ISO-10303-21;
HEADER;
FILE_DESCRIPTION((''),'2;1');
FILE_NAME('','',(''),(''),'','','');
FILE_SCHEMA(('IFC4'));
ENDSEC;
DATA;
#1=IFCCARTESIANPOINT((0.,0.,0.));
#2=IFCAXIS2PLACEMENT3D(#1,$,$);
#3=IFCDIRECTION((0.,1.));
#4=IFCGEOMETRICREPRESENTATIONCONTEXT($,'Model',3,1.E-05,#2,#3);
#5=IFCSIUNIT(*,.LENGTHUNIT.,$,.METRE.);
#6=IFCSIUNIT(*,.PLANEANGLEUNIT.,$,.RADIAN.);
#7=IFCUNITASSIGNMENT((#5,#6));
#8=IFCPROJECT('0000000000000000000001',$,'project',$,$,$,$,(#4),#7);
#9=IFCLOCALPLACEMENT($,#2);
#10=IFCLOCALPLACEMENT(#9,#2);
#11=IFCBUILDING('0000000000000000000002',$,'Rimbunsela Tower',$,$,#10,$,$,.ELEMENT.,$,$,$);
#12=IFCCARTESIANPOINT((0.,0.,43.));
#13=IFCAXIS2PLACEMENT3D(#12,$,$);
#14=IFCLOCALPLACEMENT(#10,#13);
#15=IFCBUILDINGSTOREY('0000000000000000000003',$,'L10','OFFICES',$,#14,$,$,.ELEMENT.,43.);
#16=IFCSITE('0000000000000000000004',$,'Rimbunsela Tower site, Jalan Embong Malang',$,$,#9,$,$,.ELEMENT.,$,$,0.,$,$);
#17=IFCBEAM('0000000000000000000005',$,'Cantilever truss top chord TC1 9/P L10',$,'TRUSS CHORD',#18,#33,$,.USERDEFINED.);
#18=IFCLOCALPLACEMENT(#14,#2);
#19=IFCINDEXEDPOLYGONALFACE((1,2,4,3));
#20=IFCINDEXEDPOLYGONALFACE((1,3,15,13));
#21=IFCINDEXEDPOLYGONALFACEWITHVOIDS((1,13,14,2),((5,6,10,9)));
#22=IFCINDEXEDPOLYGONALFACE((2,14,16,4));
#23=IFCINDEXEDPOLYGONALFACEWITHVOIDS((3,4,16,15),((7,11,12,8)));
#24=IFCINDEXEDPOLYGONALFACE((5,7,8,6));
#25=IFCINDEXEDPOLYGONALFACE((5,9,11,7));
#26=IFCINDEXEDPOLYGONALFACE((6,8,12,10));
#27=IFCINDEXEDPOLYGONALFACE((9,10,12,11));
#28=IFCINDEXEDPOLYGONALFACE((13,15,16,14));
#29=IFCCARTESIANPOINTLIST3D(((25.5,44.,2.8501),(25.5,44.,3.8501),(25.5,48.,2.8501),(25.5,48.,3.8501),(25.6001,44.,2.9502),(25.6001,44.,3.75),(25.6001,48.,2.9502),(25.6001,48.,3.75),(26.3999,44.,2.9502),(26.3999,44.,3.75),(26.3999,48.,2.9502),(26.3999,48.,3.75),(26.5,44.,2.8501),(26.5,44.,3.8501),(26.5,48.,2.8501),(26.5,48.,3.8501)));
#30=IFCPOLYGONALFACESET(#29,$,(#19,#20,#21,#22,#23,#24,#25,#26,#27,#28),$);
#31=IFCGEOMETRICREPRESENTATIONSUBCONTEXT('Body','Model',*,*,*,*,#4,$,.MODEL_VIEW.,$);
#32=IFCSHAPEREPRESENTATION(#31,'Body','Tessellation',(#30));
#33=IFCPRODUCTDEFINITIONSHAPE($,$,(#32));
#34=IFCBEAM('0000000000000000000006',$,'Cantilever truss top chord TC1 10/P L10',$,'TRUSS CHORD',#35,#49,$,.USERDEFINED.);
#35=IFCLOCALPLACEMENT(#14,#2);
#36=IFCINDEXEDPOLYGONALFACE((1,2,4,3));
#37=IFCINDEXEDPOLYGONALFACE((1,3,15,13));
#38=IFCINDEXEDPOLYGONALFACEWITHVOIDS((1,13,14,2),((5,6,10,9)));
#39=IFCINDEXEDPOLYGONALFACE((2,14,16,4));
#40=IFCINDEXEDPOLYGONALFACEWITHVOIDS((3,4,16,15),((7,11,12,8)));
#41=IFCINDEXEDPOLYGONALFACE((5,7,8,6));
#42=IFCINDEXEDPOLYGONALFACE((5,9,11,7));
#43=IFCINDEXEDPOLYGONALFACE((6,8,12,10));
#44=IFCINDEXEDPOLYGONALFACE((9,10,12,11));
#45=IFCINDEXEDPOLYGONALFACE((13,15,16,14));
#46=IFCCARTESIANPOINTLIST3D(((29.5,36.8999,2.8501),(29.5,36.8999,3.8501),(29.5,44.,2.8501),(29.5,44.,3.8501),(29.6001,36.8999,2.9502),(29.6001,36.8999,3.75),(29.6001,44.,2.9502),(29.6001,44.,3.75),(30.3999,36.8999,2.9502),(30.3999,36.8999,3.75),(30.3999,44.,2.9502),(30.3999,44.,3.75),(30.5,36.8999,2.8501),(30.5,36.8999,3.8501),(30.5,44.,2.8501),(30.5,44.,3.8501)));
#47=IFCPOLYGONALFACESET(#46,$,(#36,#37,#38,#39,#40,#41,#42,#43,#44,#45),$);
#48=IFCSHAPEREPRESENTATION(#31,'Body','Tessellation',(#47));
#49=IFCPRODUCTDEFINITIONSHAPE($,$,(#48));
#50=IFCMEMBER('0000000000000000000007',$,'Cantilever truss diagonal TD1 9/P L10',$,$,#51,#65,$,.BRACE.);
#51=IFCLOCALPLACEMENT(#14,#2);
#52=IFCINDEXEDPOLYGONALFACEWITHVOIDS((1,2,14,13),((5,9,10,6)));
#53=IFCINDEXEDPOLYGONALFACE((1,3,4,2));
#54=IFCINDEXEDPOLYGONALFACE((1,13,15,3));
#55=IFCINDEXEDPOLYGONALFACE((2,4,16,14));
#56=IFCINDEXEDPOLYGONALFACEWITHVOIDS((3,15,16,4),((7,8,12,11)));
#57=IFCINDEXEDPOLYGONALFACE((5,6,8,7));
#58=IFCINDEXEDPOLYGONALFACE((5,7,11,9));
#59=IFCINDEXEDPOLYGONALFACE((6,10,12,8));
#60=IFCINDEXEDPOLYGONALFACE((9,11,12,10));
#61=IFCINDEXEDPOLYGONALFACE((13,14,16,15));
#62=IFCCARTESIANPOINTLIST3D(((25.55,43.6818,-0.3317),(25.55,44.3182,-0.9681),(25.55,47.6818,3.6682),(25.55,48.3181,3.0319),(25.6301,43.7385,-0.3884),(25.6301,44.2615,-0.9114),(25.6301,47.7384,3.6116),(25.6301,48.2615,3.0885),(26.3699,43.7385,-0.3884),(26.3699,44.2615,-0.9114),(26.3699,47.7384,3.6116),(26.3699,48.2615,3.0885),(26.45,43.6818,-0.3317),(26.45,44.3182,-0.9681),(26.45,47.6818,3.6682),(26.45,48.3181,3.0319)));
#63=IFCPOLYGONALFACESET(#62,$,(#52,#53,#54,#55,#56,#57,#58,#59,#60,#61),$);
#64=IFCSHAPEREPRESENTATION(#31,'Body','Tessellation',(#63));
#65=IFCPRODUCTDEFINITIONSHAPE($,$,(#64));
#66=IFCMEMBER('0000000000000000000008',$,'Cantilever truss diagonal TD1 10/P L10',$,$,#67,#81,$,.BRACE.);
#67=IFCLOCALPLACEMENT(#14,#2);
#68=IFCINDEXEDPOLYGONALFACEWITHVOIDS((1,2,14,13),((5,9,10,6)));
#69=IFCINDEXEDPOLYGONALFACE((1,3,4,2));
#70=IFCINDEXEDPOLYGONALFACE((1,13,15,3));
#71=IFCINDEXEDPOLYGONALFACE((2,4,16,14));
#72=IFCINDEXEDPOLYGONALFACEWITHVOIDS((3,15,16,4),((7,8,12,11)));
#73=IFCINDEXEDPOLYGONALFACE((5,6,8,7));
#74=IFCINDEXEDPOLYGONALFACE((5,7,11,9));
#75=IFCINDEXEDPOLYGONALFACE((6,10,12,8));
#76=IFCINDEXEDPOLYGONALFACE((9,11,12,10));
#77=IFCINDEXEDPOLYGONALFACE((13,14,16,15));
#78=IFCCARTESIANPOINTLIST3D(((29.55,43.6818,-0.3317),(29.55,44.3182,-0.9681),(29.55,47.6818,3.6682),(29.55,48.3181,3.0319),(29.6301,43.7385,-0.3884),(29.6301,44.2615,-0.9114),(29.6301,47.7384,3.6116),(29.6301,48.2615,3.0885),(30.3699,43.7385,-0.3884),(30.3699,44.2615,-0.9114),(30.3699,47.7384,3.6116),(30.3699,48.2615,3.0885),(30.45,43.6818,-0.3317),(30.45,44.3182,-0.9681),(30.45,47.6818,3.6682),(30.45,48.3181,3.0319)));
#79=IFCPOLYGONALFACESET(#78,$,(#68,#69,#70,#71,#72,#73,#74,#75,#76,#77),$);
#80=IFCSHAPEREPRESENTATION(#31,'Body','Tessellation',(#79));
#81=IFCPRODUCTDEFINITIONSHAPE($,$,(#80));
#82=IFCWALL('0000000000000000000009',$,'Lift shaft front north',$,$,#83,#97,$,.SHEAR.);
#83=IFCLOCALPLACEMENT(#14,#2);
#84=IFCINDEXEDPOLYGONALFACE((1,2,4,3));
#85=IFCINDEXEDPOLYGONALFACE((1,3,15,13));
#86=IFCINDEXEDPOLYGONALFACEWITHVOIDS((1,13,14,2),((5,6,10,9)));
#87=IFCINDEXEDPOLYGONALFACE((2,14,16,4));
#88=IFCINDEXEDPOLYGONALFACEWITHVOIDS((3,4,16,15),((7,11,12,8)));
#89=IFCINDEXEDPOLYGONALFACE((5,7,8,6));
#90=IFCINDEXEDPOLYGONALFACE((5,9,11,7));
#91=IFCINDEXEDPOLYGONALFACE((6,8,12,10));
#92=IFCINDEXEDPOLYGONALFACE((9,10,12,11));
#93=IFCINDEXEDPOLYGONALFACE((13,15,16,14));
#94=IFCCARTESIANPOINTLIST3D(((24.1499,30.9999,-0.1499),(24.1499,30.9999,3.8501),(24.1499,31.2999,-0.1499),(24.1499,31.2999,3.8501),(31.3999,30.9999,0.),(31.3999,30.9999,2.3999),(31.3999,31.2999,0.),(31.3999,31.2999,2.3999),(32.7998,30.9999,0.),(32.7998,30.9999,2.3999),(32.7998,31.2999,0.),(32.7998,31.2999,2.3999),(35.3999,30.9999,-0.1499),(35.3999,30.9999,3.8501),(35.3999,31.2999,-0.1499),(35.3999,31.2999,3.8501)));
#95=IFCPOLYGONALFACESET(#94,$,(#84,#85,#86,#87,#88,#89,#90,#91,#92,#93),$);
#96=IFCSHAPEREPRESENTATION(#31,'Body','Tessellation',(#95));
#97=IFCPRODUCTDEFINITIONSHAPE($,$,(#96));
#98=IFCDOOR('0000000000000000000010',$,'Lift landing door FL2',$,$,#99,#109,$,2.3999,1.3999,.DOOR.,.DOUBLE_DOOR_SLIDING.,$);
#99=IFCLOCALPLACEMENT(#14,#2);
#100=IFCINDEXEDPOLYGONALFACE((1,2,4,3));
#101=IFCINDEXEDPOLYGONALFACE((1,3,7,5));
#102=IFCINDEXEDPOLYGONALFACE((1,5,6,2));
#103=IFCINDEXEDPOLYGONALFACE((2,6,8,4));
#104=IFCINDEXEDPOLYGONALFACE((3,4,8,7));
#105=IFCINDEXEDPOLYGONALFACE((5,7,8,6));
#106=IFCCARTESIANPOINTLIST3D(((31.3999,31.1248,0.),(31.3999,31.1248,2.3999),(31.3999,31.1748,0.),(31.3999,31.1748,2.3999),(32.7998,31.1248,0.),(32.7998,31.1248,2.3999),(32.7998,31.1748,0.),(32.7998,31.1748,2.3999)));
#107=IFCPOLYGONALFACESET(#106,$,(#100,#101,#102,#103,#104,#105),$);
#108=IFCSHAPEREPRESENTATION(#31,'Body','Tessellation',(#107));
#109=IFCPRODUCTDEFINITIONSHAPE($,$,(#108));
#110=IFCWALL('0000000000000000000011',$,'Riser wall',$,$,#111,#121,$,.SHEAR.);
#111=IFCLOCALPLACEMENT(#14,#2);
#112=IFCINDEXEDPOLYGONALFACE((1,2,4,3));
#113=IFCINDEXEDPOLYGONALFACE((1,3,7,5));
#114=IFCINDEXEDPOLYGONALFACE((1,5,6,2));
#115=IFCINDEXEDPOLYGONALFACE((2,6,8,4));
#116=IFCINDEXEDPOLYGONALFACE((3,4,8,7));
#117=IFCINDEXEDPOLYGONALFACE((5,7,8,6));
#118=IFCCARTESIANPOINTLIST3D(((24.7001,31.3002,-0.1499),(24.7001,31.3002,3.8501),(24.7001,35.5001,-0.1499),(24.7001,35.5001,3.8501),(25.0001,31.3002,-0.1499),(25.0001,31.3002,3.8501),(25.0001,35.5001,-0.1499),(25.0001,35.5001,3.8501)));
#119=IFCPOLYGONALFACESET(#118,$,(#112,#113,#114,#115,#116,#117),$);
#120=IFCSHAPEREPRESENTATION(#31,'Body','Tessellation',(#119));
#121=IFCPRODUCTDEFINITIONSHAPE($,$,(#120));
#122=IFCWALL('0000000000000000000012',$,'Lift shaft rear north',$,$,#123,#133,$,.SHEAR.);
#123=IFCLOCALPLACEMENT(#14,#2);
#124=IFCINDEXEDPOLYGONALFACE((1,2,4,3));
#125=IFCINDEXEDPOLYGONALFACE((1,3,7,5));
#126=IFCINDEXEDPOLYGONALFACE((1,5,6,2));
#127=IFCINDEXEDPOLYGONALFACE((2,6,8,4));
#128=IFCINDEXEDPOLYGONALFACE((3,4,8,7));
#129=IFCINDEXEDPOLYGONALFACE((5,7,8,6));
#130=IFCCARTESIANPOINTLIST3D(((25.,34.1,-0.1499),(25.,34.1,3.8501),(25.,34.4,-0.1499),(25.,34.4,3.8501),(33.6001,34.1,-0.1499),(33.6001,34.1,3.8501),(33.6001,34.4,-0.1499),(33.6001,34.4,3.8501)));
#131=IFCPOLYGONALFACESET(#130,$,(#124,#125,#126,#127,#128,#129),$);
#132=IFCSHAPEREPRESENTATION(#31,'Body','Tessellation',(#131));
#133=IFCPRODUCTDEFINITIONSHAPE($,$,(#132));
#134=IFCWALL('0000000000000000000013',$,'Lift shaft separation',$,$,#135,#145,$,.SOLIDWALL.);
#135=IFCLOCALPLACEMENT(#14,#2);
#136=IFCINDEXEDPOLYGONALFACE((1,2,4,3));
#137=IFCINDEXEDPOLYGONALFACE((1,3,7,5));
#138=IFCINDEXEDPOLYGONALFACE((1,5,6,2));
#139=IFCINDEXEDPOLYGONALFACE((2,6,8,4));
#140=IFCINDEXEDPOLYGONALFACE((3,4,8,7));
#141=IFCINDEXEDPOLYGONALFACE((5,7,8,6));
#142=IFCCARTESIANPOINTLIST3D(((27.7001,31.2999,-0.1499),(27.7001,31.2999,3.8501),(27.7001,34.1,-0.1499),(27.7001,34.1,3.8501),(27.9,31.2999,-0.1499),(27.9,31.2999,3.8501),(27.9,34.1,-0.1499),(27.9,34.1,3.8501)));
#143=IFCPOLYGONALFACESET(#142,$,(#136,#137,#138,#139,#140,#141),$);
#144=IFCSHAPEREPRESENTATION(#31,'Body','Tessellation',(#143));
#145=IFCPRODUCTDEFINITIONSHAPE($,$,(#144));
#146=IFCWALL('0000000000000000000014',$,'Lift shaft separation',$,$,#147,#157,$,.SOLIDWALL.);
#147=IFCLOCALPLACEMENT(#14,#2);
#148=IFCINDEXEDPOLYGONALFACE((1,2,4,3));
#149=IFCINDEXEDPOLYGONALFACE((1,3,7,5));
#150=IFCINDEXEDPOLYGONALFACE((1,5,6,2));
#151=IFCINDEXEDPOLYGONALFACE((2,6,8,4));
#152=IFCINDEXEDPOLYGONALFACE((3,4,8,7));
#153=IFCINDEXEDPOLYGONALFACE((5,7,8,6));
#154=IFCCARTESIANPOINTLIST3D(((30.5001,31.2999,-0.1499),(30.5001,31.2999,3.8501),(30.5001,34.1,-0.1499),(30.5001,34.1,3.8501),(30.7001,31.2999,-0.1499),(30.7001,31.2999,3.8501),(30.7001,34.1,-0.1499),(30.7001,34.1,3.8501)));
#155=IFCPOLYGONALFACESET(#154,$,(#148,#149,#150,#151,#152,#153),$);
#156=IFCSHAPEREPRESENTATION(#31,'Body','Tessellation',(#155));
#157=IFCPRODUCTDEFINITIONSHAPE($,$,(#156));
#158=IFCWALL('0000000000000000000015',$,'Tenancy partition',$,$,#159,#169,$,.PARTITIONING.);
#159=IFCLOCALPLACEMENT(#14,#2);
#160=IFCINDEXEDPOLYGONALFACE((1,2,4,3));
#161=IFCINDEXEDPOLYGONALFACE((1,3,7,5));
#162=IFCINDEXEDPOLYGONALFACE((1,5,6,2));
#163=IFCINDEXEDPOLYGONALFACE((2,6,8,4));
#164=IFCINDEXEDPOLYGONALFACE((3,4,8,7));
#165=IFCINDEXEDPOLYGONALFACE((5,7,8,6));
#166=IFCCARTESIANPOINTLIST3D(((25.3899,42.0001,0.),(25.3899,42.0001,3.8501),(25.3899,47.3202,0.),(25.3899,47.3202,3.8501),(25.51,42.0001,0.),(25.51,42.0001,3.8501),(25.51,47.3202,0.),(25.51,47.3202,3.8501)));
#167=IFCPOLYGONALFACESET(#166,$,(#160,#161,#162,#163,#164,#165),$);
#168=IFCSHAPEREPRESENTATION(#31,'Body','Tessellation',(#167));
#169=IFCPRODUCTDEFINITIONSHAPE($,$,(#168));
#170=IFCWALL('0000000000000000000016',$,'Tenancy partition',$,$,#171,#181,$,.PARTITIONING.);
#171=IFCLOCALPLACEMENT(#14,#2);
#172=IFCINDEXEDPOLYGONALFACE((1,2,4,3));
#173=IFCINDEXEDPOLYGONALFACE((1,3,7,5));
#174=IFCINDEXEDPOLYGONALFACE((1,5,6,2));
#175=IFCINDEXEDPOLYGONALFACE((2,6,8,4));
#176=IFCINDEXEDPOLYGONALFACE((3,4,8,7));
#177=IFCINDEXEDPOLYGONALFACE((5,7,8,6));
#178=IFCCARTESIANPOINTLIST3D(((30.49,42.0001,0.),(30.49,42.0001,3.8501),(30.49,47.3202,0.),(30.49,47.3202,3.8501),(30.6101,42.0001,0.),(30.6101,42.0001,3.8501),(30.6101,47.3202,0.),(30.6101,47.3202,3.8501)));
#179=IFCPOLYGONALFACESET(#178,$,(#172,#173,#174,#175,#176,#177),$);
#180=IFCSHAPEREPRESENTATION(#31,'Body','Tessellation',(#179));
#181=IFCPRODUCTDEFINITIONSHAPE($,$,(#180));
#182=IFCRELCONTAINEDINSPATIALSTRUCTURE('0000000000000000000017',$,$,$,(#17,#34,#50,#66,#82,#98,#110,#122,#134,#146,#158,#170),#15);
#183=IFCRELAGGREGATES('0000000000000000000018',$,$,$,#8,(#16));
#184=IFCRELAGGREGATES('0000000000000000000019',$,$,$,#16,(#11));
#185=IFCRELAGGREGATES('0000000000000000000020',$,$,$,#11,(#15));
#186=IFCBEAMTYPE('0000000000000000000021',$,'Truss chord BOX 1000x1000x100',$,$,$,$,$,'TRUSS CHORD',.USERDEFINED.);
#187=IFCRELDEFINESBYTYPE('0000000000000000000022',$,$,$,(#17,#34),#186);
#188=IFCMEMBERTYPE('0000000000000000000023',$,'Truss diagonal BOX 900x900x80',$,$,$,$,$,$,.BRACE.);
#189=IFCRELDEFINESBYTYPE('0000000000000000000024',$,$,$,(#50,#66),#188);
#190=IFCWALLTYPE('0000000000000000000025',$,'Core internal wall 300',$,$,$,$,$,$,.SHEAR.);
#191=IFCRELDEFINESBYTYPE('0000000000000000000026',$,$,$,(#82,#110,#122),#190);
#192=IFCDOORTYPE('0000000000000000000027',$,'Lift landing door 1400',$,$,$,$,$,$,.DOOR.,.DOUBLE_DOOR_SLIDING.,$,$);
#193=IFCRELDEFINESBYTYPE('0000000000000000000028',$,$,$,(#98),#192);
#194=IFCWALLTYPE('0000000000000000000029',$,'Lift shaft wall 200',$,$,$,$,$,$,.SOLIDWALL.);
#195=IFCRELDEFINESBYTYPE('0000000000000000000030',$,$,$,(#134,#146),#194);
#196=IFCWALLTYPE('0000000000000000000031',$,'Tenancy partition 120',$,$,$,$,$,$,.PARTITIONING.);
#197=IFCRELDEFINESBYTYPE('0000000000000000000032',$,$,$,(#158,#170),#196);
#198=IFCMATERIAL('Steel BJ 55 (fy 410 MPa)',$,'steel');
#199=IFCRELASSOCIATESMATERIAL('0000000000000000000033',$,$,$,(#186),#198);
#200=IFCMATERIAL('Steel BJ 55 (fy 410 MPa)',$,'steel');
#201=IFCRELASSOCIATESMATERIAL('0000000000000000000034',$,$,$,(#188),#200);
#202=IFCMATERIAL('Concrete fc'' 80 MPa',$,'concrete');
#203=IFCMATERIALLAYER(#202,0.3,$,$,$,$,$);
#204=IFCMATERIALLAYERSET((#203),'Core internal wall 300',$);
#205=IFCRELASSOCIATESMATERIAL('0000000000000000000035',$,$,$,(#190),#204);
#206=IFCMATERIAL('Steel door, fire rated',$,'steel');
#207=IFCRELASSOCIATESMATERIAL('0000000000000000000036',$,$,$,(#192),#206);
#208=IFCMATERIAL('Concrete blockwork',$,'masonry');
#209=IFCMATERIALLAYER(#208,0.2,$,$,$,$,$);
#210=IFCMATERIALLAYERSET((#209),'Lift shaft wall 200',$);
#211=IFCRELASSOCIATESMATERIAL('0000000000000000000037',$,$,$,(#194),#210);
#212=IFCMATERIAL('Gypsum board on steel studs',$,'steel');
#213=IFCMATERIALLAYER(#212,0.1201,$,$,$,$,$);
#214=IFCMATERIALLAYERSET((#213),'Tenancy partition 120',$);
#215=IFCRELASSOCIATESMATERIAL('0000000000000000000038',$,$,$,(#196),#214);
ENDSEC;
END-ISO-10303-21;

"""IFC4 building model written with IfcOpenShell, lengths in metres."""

from ifc_helpers import new_model, si_unit, direction, frame, frame_2d, origin, origin_2d, place, context, subcontext, project, spatial, rectangle, hollow_rectangle, extrude, material, layer, layer_set, material_profile, profile_set, type_object, element, fill, save


model = new_model("IFC4")

# Units and contexts
model_context = context("Model", 3, precision=1e-05, world=origin(), true_north=direction((0.0, 1.0)))
body_context = subcontext(model_context, "Body", "Model", "MODEL_VIEW")
ifc_project = project(units=[si_unit("LENGTHUNIT", "METRE"), si_unit("PLANEANGLEUNIT", "RADIAN")], contexts=[model_context])

# Site, building, storey
site_placement = place(None, origin())
site = spatial("IfcSite", under=ifc_project, at=site_placement, Name="Rimbunsela Tower site, Jalan Embong Malang", CompositionType="ELEMENT", RefElevation=0.0)
building_placement = place(site_placement, origin())
building = spatial("IfcBuilding", under=site, at=building_placement, Name="Rimbunsela Tower", CompositionType="ELEMENT")
storey_placement = place(building_placement, frame((0.0, 0.0, 43.0)))
storey = spatial("IfcBuildingStorey", under=building, at=storey_placement, Name="L10", Description="OFFICES", CompositionType="ELEMENT", Elevation=43.0)

# Beams
ifc_material_1 = material(Name="Steel BJ 55 (fy 410 MPa)", Category="steel")
ifc_material_profile_1 = material_profile(ifc_material_1, hollow_rectangle(XDim=1.0, YDim=1.0, WallThickness=0.1001, at=origin_2d()), Name="BOX 1000x1000x100")
ifc_profile_set_1 = profile_set([ifc_material_profile_1], Name="Steel BJ 55 (fy 410 MPa)")
beam_type_1 = type_object("IfcBeamType", Name="Truss chord BOX 1000x1000x100", ElementType="TRUSS CHORD", PredefinedType="USERDEFINED", material=ifc_profile_set_1)
beam_1_placement = place(storey_placement, frame((26.0, 44.0, 3.3501), z_axis=(0.0, 1.0, 0.0), x_axis=(-1.0, 0.0, 0.0)))
element("IfcBeam", 1, at=beam_1_placement, inside=storey, type_object=beam_type_1, Name="Cantilever truss top chord TC1 9/P L10", ObjectType="TRUSS CHORD", PredefinedType="USERDEFINED", context=body_context, shape_type="SweptSolid", body=[
    extrude(hollow_rectangle(XDim=1.0, YDim=1.0, WallThickness=0.1001, at=origin_2d()), origin(), (0.0, 0.0, 1.0), 4.0),
])
beam_2_placement = place(storey_placement, frame((30.0, 36.8999, 3.3501), z_axis=(0.0, 1.0, 0.0), x_axis=(-1.0, 0.0, 0.0)))
element("IfcBeam", 2, at=beam_2_placement, inside=storey, type_object=beam_type_1, Name="Cantilever truss top chord TC1 10/P L10", ObjectType="TRUSS CHORD", PredefinedType="USERDEFINED", context=body_context, shape_type="SweptSolid", body=[
    extrude(hollow_rectangle(XDim=1.0, YDim=1.0, WallThickness=0.1001, at=origin_2d()), origin(), (0.0, 0.0, 1.0), 7.1001),
])

# Members
ifc_material_2 = material(Name="Steel BJ 55 (fy 410 MPa)", Category="steel")
ifc_material_profile_2 = material_profile(ifc_material_2, hollow_rectangle(XDim=0.8999, YDim=0.8999, WallThickness=0.0801, at=origin_2d()), Name="BOX 900x900x80")
ifc_profile_set_2 = profile_set([ifc_material_profile_2], Name="Steel BJ 55 (fy 410 MPa)")
member_type_1 = type_object("IfcMemberType", Name="Truss diagonal BOX 900x900x80", PredefinedType="BRACE", material=ifc_profile_set_2)
for number, where, z_axis, x_axis, name in (
    (3, (26.0, 44.0, -0.6499), (0.0, 0.707107, 0.707107), (-1.0, 0.0, 0.0), "Cantilever truss diagonal TD1 9/P L10"),
    (4, (30.0, 44.0, -0.6499), (0.0, 0.707107, 0.707107), (-1.0, 0.0, 0.0), "Cantilever truss diagonal TD1 10/P L10"),
):
    element("IfcMember", number, at=place(storey_placement, frame(where, z_axis=z_axis, x_axis=x_axis)), inside=storey, type_object=member_type_1, Name=name, PredefinedType="BRACE", context=body_context, shape_type="SweptSolid", body=[
        extrude(hollow_rectangle(XDim=0.8999, YDim=0.8999, WallThickness=0.0801, at=origin_2d()), origin(), (0.0, 0.0, 1.0), 5.6567),
    ])

# Wall, opening, door
ifc_material_3 = material(Name="Concrete fc' 80 MPa", Category="concrete")
ifc_layer_1 = layer(ifc_material_3, 0.3)
ifc_layer_set_1 = layer_set([ifc_layer_1], Name="Core internal wall 300")
wall_type_1 = type_object("IfcWallType", Name="Core internal wall 300", PredefinedType="SHEAR", material=ifc_layer_set_1)
wall_1_placement = place(storey_placement, frame((24.1499, 31.1499, -0.1499), z_axis=(0.0, 0.0, 1.0), x_axis=(1.0, 0.0, 0.0)))
wall_1 = element("IfcWall", 5, at=wall_1_placement, inside=storey, type_object=wall_type_1, Name="Lift shaft front north", PredefinedType="SHEAR", context=body_context, shape_type="SweptSolid", body=[
    extrude(rectangle(XDim=11.25, YDim=0.3, at=frame_2d((5.625, 0.0))), origin(), (0.0, 0.0, 1.0), 4.0),
])
opening_placement = place(wall_1_placement, frame((7.25, 0.0, 0.1499)))
opening = element("IfcOpeningElement", 6, at=opening_placement, cuts=wall_1, PredefinedType="OPENING", context=body_context, shape_type="SweptSolid", body=[
    extrude(rectangle(XDim=1.3999, YDim=2.3999, at=frame_2d((0.7, 1.2))), frame((0.0, 0.1599, 0.0), z_axis=(0.0, -1.0, 0.0), x_axis=(1.0, 0.0, 0.0)), (0.0, 0.0, 1.0), 0.3201),
])
ifc_material_4 = material(Name="Steel door, fire rated", Category="steel")
door_type = type_object("IfcDoorType", Name="Lift landing door 1400", OperationType="DOUBLE_DOOR_SLIDING", PredefinedType="DOOR", material=ifc_material_4)
door_placement = place(opening_placement, origin())
door = element("IfcDoor", 7, at=door_placement, inside=storey, type_object=door_type, Name="Lift landing door FL2", OperationType="DOUBLE_DOOR_SLIDING", OverallHeight=2.3999, OverallWidth=1.3999, PredefinedType="DOOR", context=body_context, shape_type="SweptSolid", body=[
    extrude(rectangle(XDim=1.3999, YDim=2.3999, at=frame_2d((0.7, 1.2))), frame((0.0, 0.0249, 0.0), z_axis=(0.0, -1.0, 0.0), x_axis=(1.0, 0.0, 0.0)), (0.0, 0.0, 1.0), 0.05),
])
fill(opening, door)

# Walls
wall_2_placement = place(storey_placement, frame((24.8501, 31.3, -0.1499), z_axis=(0.0, 0.0, 1.0), x_axis=(0.0, 1.0, 0.0)))
element("IfcWall", 8, at=wall_2_placement, inside=storey, type_object=wall_type_1, Name="Riser wall", PredefinedType="SHEAR", context=body_context, shape_type="SweptSolid", body=[
    extrude(rectangle(XDim=4.2, YDim=0.3, at=frame_2d((2.1001, 0.0))), origin(), (0.0, 0.0, 1.0), 4.0),
])
wall_3_placement = place(storey_placement, frame((25.0, 34.25, -0.1499), z_axis=(0.0, 0.0, 1.0), x_axis=(1.0, 0.0, 0.0)))
element("IfcWall", 9, at=wall_3_placement, inside=storey, type_object=wall_type_1, Name="Lift shaft rear north", PredefinedType="SHEAR", context=body_context, shape_type="SweptSolid", body=[
    extrude(rectangle(XDim=8.6001, YDim=0.3, at=frame_2d((4.3, 0.0))), origin(), (0.0, 0.0, 1.0), 4.0),
])
ifc_material_5 = material(Name="Concrete blockwork", Category="masonry")
ifc_layer_2 = layer(ifc_material_5, 0.2)
ifc_layer_set_2 = layer_set([ifc_layer_2], Name="Lift shaft wall 200")
wall_type_2 = type_object("IfcWallType", Name="Lift shaft wall 200", PredefinedType="SOLIDWALL", material=ifc_layer_set_2)
for number, where, z_axis, x_axis, name in (
    (10, (27.8, 31.3, -0.1499), (0.0, 0.0, 1.0), (0.0, 1.0, 0.0), "Lift shaft separation"),
    (11, (30.6001, 31.3, -0.1499), (0.0, 0.0, 1.0), (0.0, 1.0, 0.0), "Lift shaft separation"),
):
    element("IfcWall", number, at=place(storey_placement, frame(where, z_axis=z_axis, x_axis=x_axis)), inside=storey, type_object=wall_type_2, Name=name, PredefinedType="SOLIDWALL", context=body_context, shape_type="SweptSolid", body=[
        extrude(rectangle(XDim=2.8, YDim=0.2, at=frame_2d((1.3999, 0.0))), origin(), (0.0, 0.0, 1.0), 4.0),
    ])
ifc_material_6 = material(Name="Gypsum board on steel studs", Category="steel")
ifc_layer_3 = layer(ifc_material_6, 0.1201)
ifc_layer_set_3 = layer_set([ifc_layer_3], Name="Tenancy partition 120")
wall_type_3 = type_object("IfcWallType", Name="Tenancy partition 120", PredefinedType="PARTITIONING", material=ifc_layer_set_3)
for number, where, z_axis, x_axis, name in (
    (12, (25.45, 42.0, 0.0), (0.0, 0.0, 1.0), (0.0, 1.0, 0.0), "Tenancy partition"),
    (13, (30.55, 42.0, 0.0), (0.0, 0.0, 1.0), (0.0, 1.0, 0.0), "Tenancy partition"),
):
    element("IfcWall", number, at=place(storey_placement, frame(where, z_axis=z_axis, x_axis=x_axis)), inside=storey, type_object=wall_type_3, Name=name, PredefinedType="PARTITIONING", context=body_context, shape_type="SweptSolid", body=[
        extrude(rectangle(XDim=5.3201, YDim=0.1201, at=frame_2d((2.6602, 0.0))), origin(), (0.0, 0.0, 1.0), 3.8501),
    ])

save(model, "model.ifc")
